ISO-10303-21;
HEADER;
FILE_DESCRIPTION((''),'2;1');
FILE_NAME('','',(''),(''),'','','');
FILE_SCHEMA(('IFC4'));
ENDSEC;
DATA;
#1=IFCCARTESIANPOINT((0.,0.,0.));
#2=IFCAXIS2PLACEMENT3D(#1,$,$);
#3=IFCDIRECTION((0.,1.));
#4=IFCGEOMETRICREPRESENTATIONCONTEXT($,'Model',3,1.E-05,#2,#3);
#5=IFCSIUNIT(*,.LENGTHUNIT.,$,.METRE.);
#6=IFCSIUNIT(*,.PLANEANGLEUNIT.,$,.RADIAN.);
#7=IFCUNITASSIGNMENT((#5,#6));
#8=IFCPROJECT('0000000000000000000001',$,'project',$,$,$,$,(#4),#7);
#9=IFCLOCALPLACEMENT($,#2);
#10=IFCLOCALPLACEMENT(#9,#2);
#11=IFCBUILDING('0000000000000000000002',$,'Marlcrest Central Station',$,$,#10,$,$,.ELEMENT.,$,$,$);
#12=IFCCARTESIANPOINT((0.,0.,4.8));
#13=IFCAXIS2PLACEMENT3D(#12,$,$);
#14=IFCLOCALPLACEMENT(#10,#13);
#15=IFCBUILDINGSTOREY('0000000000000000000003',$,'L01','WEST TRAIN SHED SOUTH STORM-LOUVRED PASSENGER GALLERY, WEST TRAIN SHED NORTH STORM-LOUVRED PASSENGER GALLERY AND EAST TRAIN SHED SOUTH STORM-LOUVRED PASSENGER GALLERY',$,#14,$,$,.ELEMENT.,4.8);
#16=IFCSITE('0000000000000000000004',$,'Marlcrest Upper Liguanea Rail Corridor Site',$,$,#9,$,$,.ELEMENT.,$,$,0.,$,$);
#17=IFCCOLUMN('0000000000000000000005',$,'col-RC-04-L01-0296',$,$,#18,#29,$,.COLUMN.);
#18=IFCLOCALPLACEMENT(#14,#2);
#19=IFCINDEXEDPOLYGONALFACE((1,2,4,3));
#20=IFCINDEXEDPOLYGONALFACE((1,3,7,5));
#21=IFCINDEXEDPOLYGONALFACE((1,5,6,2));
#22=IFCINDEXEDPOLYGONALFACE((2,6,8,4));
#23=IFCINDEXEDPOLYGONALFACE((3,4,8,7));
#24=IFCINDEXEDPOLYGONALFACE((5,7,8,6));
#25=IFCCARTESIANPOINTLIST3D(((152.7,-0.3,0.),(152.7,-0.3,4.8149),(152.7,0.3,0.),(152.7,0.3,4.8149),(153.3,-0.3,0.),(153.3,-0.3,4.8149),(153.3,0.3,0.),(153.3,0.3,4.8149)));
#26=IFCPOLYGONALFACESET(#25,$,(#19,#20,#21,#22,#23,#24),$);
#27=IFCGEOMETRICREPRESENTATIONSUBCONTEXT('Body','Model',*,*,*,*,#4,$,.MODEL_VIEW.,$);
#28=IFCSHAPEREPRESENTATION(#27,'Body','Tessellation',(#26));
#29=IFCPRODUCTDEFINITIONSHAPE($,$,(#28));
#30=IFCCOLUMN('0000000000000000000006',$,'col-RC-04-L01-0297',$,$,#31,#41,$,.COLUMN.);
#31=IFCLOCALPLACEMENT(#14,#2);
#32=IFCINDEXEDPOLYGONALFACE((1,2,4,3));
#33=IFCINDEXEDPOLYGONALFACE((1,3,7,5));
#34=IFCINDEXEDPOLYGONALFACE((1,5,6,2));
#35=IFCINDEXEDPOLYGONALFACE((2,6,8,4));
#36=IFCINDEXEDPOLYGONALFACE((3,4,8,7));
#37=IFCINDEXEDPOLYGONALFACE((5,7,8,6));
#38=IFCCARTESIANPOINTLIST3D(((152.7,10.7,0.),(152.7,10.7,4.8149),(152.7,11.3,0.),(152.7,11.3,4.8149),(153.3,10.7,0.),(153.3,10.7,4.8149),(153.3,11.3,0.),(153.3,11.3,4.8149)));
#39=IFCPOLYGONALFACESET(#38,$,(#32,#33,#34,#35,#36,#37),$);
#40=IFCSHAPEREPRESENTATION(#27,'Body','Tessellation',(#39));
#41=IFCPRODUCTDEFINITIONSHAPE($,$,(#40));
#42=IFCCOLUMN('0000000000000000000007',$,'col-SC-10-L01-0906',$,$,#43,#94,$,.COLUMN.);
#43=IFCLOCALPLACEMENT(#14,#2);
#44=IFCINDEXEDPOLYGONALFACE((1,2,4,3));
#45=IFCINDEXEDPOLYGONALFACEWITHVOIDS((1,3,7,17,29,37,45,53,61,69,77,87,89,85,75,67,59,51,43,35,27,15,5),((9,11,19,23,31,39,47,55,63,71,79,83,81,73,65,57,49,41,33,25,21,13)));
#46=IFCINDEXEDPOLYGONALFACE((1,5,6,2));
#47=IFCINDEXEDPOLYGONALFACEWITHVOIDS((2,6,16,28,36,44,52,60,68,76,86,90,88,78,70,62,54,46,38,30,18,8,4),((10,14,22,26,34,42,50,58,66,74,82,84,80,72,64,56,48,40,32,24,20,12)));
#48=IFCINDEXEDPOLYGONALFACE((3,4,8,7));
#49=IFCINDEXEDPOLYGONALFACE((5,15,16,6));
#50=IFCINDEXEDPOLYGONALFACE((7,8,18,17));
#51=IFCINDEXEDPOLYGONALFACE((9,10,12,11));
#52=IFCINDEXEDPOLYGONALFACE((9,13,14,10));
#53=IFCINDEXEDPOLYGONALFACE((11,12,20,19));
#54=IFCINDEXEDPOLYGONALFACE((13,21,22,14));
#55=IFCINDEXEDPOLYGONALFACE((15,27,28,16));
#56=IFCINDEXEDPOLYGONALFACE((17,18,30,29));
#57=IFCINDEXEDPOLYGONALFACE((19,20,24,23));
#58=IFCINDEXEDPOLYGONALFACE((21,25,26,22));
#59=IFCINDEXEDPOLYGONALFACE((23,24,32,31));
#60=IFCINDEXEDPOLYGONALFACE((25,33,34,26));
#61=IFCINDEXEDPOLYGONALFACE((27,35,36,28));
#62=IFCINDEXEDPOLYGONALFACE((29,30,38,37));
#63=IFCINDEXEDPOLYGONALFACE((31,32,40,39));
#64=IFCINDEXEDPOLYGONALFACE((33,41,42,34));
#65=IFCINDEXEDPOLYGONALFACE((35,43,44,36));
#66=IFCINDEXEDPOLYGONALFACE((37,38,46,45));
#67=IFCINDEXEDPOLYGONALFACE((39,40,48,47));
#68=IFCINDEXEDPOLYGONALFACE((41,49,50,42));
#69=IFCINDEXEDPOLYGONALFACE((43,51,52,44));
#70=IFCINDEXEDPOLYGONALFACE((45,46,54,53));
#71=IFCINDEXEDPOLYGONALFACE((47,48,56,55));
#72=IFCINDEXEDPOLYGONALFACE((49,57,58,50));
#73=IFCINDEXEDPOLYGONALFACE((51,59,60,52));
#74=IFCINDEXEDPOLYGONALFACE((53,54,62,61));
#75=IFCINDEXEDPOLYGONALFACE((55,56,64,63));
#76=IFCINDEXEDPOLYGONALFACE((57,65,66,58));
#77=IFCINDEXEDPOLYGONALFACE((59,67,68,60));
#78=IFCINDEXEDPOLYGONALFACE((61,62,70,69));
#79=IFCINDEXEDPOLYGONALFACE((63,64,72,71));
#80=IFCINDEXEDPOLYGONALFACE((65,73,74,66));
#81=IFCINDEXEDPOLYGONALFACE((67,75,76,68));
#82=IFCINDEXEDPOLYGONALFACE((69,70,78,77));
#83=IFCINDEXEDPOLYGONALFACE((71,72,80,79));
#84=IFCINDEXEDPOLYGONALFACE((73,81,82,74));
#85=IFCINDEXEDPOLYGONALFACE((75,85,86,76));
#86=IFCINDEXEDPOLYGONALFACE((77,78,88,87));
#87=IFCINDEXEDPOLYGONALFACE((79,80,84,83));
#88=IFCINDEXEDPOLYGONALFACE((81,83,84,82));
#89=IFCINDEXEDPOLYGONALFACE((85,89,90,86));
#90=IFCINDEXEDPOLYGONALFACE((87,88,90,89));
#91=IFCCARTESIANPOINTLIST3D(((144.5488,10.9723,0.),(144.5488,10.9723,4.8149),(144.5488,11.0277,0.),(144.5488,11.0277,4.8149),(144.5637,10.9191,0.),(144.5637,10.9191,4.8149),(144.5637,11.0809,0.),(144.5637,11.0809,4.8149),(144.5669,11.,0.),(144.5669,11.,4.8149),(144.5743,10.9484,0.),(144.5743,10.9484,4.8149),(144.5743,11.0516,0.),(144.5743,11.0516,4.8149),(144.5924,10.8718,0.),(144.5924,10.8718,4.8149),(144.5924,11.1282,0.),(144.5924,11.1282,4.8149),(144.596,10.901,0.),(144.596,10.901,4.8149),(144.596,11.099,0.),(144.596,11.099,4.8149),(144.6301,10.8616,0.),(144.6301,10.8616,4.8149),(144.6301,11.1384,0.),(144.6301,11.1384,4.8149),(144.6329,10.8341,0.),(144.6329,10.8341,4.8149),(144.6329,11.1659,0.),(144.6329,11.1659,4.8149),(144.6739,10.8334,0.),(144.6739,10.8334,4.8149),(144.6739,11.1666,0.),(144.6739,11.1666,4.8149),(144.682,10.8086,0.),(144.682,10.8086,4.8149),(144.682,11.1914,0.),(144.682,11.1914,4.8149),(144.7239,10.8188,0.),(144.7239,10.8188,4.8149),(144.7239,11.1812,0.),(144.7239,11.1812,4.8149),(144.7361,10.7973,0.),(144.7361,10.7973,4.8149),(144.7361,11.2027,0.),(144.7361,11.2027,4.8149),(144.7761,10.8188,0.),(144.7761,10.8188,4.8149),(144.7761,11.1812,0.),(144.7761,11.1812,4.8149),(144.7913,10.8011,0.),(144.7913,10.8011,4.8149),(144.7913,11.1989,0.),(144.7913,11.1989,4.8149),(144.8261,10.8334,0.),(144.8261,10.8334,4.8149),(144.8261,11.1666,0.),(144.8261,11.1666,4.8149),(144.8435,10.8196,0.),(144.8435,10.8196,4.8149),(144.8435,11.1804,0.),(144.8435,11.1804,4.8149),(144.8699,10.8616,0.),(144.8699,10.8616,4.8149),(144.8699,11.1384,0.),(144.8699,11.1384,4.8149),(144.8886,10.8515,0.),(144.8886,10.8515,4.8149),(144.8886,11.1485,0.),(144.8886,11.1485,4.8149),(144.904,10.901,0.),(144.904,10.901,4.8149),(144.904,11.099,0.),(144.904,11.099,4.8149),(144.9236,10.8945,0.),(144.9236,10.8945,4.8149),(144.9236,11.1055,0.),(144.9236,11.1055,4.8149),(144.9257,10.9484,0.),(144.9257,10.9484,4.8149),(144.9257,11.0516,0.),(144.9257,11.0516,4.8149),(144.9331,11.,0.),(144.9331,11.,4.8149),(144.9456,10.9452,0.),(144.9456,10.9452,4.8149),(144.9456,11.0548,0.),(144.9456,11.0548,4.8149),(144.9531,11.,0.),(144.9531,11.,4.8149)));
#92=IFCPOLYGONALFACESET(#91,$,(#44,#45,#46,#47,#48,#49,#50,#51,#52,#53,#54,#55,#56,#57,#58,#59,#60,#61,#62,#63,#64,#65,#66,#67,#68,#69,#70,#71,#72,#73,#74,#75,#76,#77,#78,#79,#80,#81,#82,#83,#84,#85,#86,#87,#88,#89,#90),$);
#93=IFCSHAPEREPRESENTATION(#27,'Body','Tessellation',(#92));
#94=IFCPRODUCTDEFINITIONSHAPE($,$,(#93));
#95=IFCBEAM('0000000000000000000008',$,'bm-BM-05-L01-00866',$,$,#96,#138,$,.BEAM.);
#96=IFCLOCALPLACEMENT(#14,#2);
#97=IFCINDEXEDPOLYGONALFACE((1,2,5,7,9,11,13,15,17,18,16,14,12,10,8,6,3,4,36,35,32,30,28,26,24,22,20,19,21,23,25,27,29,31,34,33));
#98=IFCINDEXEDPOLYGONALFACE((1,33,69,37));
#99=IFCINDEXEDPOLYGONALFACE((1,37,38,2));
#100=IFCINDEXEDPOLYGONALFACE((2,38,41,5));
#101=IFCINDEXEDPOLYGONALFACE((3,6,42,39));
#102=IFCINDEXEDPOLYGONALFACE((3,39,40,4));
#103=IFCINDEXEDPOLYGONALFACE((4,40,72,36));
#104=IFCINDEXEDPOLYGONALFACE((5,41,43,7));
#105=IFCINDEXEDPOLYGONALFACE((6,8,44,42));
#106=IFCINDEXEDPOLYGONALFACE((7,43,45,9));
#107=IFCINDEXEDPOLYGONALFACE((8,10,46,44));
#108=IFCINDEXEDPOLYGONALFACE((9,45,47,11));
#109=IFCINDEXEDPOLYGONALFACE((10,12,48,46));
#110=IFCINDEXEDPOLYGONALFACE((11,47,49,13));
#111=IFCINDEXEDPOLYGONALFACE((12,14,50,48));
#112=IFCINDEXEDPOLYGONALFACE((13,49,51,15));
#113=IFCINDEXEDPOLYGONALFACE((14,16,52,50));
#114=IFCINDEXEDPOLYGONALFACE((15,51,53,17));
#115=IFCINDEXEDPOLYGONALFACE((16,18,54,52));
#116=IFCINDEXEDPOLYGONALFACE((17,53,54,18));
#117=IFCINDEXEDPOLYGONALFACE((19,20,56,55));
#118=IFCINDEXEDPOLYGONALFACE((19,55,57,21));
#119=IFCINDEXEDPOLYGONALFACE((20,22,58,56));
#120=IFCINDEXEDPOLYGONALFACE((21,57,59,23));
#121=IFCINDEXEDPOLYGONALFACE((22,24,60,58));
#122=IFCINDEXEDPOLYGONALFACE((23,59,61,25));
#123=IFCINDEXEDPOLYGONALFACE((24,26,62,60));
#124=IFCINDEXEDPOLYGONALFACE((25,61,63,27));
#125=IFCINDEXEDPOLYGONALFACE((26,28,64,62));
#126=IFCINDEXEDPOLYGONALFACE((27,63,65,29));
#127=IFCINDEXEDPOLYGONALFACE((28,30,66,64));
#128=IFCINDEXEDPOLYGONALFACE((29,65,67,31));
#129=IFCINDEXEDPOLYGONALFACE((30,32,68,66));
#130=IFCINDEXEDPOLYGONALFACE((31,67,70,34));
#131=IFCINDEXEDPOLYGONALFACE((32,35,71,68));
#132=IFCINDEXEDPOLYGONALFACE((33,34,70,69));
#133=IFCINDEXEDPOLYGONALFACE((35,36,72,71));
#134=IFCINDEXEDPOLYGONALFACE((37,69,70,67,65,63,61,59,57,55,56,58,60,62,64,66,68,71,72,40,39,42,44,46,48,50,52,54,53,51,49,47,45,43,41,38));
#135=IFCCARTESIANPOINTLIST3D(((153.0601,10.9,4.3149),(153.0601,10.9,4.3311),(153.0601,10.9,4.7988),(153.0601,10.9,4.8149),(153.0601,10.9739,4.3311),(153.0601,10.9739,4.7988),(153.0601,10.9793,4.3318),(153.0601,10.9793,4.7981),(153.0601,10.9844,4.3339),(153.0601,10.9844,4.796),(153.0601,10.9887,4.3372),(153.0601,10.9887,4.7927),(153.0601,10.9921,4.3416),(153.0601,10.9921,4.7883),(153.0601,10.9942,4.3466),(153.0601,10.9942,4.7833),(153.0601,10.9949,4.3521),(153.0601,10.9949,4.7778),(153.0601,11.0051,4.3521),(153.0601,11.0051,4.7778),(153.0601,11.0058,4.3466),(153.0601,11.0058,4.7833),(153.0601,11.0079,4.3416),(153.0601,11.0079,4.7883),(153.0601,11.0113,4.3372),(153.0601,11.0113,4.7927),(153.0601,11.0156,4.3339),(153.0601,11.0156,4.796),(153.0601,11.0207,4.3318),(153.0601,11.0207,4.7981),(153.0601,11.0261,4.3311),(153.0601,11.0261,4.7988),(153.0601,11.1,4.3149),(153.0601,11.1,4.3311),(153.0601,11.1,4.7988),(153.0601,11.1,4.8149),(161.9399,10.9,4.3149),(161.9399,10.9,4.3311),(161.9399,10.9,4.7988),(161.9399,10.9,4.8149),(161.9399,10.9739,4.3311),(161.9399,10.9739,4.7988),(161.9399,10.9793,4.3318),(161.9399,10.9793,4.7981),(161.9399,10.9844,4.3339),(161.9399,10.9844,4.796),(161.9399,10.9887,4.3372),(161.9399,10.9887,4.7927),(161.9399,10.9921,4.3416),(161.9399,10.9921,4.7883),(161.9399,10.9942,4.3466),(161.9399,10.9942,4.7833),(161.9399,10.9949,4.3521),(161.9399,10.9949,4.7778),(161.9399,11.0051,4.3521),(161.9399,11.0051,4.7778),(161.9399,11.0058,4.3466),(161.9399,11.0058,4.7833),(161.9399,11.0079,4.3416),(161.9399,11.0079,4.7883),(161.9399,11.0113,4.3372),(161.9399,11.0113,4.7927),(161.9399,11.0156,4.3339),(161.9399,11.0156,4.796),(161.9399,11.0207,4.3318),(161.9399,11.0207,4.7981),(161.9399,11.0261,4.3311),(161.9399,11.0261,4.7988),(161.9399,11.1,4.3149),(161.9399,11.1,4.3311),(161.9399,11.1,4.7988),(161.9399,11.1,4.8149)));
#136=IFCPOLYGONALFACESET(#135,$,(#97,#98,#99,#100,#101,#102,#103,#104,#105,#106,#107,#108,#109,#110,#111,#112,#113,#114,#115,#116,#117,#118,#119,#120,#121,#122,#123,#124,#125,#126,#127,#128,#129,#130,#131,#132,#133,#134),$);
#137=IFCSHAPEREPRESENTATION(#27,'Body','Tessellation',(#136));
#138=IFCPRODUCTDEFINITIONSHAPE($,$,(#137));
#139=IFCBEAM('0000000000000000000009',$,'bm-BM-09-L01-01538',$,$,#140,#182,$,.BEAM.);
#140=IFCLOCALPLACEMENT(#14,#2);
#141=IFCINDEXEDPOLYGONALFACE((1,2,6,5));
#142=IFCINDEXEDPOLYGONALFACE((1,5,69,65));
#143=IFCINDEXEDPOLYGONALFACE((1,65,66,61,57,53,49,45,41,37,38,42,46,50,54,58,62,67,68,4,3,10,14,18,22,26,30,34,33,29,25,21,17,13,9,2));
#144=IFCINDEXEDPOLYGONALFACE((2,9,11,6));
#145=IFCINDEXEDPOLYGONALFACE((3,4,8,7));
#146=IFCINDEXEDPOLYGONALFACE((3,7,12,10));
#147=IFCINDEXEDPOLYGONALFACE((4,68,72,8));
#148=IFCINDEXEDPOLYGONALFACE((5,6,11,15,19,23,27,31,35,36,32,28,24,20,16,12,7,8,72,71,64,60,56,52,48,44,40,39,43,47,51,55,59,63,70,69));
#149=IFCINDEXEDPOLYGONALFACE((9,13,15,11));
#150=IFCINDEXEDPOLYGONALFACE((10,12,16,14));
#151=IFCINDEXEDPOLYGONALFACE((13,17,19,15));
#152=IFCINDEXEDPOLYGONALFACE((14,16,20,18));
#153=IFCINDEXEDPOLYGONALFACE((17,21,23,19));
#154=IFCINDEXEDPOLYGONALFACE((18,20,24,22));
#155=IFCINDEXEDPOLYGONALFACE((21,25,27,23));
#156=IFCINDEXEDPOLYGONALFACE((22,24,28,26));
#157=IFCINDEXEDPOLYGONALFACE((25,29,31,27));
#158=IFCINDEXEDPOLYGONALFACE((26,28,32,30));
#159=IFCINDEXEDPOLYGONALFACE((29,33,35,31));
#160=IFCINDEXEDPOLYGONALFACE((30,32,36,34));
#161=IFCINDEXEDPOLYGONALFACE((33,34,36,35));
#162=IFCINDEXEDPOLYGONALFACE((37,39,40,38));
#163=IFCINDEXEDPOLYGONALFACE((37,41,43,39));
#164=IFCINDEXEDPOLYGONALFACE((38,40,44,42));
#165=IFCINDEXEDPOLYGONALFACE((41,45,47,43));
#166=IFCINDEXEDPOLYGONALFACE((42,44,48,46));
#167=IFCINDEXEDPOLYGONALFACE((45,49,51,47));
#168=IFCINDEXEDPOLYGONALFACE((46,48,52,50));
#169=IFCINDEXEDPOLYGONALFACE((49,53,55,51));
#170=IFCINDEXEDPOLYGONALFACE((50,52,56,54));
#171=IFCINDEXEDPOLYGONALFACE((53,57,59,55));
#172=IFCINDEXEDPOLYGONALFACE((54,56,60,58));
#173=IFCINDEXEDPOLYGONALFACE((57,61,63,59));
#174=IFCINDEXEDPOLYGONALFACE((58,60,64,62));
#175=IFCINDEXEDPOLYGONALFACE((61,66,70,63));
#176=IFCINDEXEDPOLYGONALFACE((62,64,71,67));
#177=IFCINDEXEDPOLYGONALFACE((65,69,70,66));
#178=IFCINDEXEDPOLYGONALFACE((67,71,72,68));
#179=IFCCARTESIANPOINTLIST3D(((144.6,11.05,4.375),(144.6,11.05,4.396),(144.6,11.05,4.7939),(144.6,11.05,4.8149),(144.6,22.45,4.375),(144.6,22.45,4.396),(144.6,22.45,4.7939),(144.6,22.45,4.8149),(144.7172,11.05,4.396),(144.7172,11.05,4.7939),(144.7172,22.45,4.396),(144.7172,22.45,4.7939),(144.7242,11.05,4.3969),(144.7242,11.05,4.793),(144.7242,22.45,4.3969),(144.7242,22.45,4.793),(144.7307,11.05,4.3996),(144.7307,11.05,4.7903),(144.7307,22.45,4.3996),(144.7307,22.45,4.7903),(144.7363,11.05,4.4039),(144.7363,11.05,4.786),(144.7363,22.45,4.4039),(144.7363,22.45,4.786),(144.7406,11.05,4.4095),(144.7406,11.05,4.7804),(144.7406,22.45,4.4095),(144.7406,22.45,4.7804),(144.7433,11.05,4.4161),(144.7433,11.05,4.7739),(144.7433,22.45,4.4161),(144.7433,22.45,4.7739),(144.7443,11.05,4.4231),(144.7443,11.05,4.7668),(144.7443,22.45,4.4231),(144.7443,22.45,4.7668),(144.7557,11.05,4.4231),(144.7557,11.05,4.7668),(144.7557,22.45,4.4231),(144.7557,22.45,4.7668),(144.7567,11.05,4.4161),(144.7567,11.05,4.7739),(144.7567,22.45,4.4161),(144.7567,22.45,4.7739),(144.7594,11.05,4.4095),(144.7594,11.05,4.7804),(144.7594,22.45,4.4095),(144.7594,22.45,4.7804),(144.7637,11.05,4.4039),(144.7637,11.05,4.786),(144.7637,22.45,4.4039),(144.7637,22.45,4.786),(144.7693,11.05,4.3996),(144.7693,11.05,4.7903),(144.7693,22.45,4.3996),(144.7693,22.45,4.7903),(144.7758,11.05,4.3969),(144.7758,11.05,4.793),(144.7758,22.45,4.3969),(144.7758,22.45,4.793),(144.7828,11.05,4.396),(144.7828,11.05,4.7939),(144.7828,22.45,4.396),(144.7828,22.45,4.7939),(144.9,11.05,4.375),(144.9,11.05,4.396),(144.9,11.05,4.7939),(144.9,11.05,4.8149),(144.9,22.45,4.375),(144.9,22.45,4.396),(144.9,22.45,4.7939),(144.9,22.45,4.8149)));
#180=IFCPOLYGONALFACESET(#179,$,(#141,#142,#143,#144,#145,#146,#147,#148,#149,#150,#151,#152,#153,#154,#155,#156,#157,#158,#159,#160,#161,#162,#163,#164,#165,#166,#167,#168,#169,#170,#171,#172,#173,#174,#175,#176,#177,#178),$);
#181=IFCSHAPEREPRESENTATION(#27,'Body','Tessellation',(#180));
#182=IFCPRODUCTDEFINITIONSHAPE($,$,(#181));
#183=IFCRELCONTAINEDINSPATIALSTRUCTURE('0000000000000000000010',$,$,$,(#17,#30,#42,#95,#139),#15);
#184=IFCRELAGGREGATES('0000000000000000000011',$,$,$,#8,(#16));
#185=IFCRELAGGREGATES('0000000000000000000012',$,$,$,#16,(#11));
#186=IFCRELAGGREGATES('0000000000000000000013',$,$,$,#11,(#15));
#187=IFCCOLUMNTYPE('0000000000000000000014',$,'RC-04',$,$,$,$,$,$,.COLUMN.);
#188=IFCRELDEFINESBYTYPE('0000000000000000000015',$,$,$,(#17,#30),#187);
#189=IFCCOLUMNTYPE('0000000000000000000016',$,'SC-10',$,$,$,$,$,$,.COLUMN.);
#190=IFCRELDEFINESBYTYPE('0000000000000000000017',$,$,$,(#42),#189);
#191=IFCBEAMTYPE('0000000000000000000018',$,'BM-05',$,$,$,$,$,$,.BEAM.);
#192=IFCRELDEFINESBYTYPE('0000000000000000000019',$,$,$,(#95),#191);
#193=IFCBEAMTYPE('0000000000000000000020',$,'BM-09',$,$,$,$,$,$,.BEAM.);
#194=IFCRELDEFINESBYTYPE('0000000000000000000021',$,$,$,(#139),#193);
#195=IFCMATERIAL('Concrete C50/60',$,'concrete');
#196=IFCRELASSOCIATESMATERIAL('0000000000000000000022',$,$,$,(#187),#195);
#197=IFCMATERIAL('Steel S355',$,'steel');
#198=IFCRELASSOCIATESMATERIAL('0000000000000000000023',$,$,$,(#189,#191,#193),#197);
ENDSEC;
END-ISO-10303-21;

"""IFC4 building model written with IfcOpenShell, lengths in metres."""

from ifc_helpers import new_model, si_unit, direction, frame, origin, origin_2d, place, context, subcontext, project, spatial, rectangle, hollow_circle, i_section, extrude, material, material_profile, profile_set, type_object, element, save


model = new_model("IFC4")

# Units and contexts
model_context = context("Model", 3, precision=1e-05, world=origin(), true_north=direction((0.0, 1.0)))
body_context = subcontext(model_context, "Body", "Model", "MODEL_VIEW")
ifc_project = project(units=[si_unit("LENGTHUNIT", "METRE"), si_unit("PLANEANGLEUNIT", "RADIAN")], contexts=[model_context])

# Site, building, storey
site_placement = place(None, origin())
site = spatial("IfcSite", under=ifc_project, at=site_placement, Name="Marlcrest Upper Liguanea Rail Corridor Site", CompositionType="ELEMENT", RefElevation=0.0)
building_placement = place(site_placement, origin())
building = spatial("IfcBuilding", under=site, at=building_placement, Name="Marlcrest Central Station", CompositionType="ELEMENT")
storey_placement = place(building_placement, frame((0.0, 0.0, 4.8)))
storey = spatial("IfcBuildingStorey", under=building, at=storey_placement, Name="L01", Description="WEST TRAIN SHED SOUTH STORM-LOUVRED PASSENGER GALLERY, WEST TRAIN SHED NORTH STORM-LOUVRED PASSENGER GALLERY AND EAST TRAIN SHED SOUTH STORM-LOUVRED PASSENGER GALLERY", CompositionType="ELEMENT", Elevation=4.8)

# Columns
ifc_material_1 = material(Name="Concrete C50/60", Category="concrete")
ifc_material_profile_1 = material_profile(ifc_material_1, rectangle(XDim=0.6001, YDim=0.6001, at=origin_2d()), Name="RC 600x600")
ifc_profile_set_1 = profile_set([ifc_material_profile_1], Name="Concrete C50/60")
column_type_1 = type_object("IfcColumnType", Name="RC-04", PredefinedType="COLUMN", material=ifc_profile_set_1)
for number, where, z_axis, x_axis, name in (
    (1, (153.0, 0.0, 0.0), (0.0, 0.0, 1.0), (1.0, 0.0, 0.0), "col-RC-04-L01-0296"),
    (2, (153.0, 11.0, 0.0), (0.0, 0.0, 1.0), (1.0, 0.0, 0.0), "col-RC-04-L01-0297"),
):
    element("IfcColumn", number, at=place(storey_placement, frame(where, z_axis=z_axis, x_axis=x_axis)), inside=storey, type_object=column_type_1, Name=name, PredefinedType="COLUMN", context=body_context, shape_type="SweptSolid", body=[
        extrude(rectangle(XDim=0.6001, YDim=0.6001, at=origin_2d()), origin(), (0.0, 0.0, 1.0), 4.8149),
    ])
ifc_material_2 = material(Name="Steel S355", Category="steel")
ifc_material_profile_2 = material_profile(ifc_material_2, hollow_circle(Radius=0.2031, WallThickness=0.02, at=origin_2d()), Name="CHS 406.4x20")
ifc_profile_set_2 = profile_set([ifc_material_profile_2], Name="Steel S355")
column_type_2 = type_object("IfcColumnType", Name="SC-10", PredefinedType="COLUMN", material=ifc_profile_set_2)
column_placement = place(storey_placement, frame((144.75, 11.0, 0.0), z_axis=(0.0, 0.0, 1.0), x_axis=(1.0, 0.0, 0.0)))
element("IfcColumn", 3, at=column_placement, inside=storey, type_object=column_type_2, Name="col-SC-10-L01-0906", PredefinedType="COLUMN", context=body_context, shape_type="SweptSolid", body=[
    extrude(hollow_circle(Radius=0.2031, WallThickness=0.02, at=origin_2d()), origin(), (0.0, 0.0, 1.0), 4.8149),
])

# Beams
ifc_material_profile_3 = material_profile(ifc_material_2, i_section(OverallWidth=0.2, OverallDepth=0.5, WebThickness=0.0103, FlangeThickness=0.0161, FilletRadius=0.021, at=origin_2d()), Name="IPE 500")
ifc_profile_set_3 = profile_set([ifc_material_profile_3], Name="Steel S355")
beam_type_1 = type_object("IfcBeamType", Name="BM-05", PredefinedType="BEAM", material=ifc_profile_set_3)
beam_1_placement = place(storey_placement, frame((153.0601, 11.0, 4.5649), z_axis=(1.0, 0.0, 0.0), x_axis=(0.0, 1.0, 0.0)))
element("IfcBeam", 4, at=beam_1_placement, inside=storey, type_object=beam_type_1, Name="bm-BM-05-L01-00866", PredefinedType="BEAM", context=body_context, shape_type="SweptSolid", body=[
    extrude(i_section(OverallWidth=0.2, OverallDepth=0.5, WebThickness=0.0103, FlangeThickness=0.0161, FilletRadius=0.021, at=origin_2d()), origin(), (0.0, 0.0, 1.0), 8.8799),
])
ifc_material_profile_4 = material_profile(ifc_material_2, i_section(OverallWidth=0.3, OverallDepth=0.4399, WebThickness=0.0115, FlangeThickness=0.021, FilletRadius=0.0271, at=origin_2d()), Name="HEA 450")
ifc_profile_set_4 = profile_set([ifc_material_profile_4], Name="Steel S355")
beam_type_2 = type_object("IfcBeamType", Name="BM-09", PredefinedType="BEAM", material=ifc_profile_set_4)
beam_2_placement = place(storey_placement, frame((144.75, 11.05, 4.595), z_axis=(0.0, 1.0, 0.0), x_axis=(-1.0, 0.0, 0.0)))
element("IfcBeam", 5, at=beam_2_placement, inside=storey, type_object=beam_type_2, Name="bm-BM-09-L01-01538", PredefinedType="BEAM", context=body_context, shape_type="SweptSolid", body=[
    extrude(i_section(OverallWidth=0.3, OverallDepth=0.4399, WebThickness=0.0115, FlangeThickness=0.021, FilletRadius=0.0271, at=origin_2d()), origin(), (0.0, 0.0, 1.0), 11.3999),
])

save(model, "model.ifc")
